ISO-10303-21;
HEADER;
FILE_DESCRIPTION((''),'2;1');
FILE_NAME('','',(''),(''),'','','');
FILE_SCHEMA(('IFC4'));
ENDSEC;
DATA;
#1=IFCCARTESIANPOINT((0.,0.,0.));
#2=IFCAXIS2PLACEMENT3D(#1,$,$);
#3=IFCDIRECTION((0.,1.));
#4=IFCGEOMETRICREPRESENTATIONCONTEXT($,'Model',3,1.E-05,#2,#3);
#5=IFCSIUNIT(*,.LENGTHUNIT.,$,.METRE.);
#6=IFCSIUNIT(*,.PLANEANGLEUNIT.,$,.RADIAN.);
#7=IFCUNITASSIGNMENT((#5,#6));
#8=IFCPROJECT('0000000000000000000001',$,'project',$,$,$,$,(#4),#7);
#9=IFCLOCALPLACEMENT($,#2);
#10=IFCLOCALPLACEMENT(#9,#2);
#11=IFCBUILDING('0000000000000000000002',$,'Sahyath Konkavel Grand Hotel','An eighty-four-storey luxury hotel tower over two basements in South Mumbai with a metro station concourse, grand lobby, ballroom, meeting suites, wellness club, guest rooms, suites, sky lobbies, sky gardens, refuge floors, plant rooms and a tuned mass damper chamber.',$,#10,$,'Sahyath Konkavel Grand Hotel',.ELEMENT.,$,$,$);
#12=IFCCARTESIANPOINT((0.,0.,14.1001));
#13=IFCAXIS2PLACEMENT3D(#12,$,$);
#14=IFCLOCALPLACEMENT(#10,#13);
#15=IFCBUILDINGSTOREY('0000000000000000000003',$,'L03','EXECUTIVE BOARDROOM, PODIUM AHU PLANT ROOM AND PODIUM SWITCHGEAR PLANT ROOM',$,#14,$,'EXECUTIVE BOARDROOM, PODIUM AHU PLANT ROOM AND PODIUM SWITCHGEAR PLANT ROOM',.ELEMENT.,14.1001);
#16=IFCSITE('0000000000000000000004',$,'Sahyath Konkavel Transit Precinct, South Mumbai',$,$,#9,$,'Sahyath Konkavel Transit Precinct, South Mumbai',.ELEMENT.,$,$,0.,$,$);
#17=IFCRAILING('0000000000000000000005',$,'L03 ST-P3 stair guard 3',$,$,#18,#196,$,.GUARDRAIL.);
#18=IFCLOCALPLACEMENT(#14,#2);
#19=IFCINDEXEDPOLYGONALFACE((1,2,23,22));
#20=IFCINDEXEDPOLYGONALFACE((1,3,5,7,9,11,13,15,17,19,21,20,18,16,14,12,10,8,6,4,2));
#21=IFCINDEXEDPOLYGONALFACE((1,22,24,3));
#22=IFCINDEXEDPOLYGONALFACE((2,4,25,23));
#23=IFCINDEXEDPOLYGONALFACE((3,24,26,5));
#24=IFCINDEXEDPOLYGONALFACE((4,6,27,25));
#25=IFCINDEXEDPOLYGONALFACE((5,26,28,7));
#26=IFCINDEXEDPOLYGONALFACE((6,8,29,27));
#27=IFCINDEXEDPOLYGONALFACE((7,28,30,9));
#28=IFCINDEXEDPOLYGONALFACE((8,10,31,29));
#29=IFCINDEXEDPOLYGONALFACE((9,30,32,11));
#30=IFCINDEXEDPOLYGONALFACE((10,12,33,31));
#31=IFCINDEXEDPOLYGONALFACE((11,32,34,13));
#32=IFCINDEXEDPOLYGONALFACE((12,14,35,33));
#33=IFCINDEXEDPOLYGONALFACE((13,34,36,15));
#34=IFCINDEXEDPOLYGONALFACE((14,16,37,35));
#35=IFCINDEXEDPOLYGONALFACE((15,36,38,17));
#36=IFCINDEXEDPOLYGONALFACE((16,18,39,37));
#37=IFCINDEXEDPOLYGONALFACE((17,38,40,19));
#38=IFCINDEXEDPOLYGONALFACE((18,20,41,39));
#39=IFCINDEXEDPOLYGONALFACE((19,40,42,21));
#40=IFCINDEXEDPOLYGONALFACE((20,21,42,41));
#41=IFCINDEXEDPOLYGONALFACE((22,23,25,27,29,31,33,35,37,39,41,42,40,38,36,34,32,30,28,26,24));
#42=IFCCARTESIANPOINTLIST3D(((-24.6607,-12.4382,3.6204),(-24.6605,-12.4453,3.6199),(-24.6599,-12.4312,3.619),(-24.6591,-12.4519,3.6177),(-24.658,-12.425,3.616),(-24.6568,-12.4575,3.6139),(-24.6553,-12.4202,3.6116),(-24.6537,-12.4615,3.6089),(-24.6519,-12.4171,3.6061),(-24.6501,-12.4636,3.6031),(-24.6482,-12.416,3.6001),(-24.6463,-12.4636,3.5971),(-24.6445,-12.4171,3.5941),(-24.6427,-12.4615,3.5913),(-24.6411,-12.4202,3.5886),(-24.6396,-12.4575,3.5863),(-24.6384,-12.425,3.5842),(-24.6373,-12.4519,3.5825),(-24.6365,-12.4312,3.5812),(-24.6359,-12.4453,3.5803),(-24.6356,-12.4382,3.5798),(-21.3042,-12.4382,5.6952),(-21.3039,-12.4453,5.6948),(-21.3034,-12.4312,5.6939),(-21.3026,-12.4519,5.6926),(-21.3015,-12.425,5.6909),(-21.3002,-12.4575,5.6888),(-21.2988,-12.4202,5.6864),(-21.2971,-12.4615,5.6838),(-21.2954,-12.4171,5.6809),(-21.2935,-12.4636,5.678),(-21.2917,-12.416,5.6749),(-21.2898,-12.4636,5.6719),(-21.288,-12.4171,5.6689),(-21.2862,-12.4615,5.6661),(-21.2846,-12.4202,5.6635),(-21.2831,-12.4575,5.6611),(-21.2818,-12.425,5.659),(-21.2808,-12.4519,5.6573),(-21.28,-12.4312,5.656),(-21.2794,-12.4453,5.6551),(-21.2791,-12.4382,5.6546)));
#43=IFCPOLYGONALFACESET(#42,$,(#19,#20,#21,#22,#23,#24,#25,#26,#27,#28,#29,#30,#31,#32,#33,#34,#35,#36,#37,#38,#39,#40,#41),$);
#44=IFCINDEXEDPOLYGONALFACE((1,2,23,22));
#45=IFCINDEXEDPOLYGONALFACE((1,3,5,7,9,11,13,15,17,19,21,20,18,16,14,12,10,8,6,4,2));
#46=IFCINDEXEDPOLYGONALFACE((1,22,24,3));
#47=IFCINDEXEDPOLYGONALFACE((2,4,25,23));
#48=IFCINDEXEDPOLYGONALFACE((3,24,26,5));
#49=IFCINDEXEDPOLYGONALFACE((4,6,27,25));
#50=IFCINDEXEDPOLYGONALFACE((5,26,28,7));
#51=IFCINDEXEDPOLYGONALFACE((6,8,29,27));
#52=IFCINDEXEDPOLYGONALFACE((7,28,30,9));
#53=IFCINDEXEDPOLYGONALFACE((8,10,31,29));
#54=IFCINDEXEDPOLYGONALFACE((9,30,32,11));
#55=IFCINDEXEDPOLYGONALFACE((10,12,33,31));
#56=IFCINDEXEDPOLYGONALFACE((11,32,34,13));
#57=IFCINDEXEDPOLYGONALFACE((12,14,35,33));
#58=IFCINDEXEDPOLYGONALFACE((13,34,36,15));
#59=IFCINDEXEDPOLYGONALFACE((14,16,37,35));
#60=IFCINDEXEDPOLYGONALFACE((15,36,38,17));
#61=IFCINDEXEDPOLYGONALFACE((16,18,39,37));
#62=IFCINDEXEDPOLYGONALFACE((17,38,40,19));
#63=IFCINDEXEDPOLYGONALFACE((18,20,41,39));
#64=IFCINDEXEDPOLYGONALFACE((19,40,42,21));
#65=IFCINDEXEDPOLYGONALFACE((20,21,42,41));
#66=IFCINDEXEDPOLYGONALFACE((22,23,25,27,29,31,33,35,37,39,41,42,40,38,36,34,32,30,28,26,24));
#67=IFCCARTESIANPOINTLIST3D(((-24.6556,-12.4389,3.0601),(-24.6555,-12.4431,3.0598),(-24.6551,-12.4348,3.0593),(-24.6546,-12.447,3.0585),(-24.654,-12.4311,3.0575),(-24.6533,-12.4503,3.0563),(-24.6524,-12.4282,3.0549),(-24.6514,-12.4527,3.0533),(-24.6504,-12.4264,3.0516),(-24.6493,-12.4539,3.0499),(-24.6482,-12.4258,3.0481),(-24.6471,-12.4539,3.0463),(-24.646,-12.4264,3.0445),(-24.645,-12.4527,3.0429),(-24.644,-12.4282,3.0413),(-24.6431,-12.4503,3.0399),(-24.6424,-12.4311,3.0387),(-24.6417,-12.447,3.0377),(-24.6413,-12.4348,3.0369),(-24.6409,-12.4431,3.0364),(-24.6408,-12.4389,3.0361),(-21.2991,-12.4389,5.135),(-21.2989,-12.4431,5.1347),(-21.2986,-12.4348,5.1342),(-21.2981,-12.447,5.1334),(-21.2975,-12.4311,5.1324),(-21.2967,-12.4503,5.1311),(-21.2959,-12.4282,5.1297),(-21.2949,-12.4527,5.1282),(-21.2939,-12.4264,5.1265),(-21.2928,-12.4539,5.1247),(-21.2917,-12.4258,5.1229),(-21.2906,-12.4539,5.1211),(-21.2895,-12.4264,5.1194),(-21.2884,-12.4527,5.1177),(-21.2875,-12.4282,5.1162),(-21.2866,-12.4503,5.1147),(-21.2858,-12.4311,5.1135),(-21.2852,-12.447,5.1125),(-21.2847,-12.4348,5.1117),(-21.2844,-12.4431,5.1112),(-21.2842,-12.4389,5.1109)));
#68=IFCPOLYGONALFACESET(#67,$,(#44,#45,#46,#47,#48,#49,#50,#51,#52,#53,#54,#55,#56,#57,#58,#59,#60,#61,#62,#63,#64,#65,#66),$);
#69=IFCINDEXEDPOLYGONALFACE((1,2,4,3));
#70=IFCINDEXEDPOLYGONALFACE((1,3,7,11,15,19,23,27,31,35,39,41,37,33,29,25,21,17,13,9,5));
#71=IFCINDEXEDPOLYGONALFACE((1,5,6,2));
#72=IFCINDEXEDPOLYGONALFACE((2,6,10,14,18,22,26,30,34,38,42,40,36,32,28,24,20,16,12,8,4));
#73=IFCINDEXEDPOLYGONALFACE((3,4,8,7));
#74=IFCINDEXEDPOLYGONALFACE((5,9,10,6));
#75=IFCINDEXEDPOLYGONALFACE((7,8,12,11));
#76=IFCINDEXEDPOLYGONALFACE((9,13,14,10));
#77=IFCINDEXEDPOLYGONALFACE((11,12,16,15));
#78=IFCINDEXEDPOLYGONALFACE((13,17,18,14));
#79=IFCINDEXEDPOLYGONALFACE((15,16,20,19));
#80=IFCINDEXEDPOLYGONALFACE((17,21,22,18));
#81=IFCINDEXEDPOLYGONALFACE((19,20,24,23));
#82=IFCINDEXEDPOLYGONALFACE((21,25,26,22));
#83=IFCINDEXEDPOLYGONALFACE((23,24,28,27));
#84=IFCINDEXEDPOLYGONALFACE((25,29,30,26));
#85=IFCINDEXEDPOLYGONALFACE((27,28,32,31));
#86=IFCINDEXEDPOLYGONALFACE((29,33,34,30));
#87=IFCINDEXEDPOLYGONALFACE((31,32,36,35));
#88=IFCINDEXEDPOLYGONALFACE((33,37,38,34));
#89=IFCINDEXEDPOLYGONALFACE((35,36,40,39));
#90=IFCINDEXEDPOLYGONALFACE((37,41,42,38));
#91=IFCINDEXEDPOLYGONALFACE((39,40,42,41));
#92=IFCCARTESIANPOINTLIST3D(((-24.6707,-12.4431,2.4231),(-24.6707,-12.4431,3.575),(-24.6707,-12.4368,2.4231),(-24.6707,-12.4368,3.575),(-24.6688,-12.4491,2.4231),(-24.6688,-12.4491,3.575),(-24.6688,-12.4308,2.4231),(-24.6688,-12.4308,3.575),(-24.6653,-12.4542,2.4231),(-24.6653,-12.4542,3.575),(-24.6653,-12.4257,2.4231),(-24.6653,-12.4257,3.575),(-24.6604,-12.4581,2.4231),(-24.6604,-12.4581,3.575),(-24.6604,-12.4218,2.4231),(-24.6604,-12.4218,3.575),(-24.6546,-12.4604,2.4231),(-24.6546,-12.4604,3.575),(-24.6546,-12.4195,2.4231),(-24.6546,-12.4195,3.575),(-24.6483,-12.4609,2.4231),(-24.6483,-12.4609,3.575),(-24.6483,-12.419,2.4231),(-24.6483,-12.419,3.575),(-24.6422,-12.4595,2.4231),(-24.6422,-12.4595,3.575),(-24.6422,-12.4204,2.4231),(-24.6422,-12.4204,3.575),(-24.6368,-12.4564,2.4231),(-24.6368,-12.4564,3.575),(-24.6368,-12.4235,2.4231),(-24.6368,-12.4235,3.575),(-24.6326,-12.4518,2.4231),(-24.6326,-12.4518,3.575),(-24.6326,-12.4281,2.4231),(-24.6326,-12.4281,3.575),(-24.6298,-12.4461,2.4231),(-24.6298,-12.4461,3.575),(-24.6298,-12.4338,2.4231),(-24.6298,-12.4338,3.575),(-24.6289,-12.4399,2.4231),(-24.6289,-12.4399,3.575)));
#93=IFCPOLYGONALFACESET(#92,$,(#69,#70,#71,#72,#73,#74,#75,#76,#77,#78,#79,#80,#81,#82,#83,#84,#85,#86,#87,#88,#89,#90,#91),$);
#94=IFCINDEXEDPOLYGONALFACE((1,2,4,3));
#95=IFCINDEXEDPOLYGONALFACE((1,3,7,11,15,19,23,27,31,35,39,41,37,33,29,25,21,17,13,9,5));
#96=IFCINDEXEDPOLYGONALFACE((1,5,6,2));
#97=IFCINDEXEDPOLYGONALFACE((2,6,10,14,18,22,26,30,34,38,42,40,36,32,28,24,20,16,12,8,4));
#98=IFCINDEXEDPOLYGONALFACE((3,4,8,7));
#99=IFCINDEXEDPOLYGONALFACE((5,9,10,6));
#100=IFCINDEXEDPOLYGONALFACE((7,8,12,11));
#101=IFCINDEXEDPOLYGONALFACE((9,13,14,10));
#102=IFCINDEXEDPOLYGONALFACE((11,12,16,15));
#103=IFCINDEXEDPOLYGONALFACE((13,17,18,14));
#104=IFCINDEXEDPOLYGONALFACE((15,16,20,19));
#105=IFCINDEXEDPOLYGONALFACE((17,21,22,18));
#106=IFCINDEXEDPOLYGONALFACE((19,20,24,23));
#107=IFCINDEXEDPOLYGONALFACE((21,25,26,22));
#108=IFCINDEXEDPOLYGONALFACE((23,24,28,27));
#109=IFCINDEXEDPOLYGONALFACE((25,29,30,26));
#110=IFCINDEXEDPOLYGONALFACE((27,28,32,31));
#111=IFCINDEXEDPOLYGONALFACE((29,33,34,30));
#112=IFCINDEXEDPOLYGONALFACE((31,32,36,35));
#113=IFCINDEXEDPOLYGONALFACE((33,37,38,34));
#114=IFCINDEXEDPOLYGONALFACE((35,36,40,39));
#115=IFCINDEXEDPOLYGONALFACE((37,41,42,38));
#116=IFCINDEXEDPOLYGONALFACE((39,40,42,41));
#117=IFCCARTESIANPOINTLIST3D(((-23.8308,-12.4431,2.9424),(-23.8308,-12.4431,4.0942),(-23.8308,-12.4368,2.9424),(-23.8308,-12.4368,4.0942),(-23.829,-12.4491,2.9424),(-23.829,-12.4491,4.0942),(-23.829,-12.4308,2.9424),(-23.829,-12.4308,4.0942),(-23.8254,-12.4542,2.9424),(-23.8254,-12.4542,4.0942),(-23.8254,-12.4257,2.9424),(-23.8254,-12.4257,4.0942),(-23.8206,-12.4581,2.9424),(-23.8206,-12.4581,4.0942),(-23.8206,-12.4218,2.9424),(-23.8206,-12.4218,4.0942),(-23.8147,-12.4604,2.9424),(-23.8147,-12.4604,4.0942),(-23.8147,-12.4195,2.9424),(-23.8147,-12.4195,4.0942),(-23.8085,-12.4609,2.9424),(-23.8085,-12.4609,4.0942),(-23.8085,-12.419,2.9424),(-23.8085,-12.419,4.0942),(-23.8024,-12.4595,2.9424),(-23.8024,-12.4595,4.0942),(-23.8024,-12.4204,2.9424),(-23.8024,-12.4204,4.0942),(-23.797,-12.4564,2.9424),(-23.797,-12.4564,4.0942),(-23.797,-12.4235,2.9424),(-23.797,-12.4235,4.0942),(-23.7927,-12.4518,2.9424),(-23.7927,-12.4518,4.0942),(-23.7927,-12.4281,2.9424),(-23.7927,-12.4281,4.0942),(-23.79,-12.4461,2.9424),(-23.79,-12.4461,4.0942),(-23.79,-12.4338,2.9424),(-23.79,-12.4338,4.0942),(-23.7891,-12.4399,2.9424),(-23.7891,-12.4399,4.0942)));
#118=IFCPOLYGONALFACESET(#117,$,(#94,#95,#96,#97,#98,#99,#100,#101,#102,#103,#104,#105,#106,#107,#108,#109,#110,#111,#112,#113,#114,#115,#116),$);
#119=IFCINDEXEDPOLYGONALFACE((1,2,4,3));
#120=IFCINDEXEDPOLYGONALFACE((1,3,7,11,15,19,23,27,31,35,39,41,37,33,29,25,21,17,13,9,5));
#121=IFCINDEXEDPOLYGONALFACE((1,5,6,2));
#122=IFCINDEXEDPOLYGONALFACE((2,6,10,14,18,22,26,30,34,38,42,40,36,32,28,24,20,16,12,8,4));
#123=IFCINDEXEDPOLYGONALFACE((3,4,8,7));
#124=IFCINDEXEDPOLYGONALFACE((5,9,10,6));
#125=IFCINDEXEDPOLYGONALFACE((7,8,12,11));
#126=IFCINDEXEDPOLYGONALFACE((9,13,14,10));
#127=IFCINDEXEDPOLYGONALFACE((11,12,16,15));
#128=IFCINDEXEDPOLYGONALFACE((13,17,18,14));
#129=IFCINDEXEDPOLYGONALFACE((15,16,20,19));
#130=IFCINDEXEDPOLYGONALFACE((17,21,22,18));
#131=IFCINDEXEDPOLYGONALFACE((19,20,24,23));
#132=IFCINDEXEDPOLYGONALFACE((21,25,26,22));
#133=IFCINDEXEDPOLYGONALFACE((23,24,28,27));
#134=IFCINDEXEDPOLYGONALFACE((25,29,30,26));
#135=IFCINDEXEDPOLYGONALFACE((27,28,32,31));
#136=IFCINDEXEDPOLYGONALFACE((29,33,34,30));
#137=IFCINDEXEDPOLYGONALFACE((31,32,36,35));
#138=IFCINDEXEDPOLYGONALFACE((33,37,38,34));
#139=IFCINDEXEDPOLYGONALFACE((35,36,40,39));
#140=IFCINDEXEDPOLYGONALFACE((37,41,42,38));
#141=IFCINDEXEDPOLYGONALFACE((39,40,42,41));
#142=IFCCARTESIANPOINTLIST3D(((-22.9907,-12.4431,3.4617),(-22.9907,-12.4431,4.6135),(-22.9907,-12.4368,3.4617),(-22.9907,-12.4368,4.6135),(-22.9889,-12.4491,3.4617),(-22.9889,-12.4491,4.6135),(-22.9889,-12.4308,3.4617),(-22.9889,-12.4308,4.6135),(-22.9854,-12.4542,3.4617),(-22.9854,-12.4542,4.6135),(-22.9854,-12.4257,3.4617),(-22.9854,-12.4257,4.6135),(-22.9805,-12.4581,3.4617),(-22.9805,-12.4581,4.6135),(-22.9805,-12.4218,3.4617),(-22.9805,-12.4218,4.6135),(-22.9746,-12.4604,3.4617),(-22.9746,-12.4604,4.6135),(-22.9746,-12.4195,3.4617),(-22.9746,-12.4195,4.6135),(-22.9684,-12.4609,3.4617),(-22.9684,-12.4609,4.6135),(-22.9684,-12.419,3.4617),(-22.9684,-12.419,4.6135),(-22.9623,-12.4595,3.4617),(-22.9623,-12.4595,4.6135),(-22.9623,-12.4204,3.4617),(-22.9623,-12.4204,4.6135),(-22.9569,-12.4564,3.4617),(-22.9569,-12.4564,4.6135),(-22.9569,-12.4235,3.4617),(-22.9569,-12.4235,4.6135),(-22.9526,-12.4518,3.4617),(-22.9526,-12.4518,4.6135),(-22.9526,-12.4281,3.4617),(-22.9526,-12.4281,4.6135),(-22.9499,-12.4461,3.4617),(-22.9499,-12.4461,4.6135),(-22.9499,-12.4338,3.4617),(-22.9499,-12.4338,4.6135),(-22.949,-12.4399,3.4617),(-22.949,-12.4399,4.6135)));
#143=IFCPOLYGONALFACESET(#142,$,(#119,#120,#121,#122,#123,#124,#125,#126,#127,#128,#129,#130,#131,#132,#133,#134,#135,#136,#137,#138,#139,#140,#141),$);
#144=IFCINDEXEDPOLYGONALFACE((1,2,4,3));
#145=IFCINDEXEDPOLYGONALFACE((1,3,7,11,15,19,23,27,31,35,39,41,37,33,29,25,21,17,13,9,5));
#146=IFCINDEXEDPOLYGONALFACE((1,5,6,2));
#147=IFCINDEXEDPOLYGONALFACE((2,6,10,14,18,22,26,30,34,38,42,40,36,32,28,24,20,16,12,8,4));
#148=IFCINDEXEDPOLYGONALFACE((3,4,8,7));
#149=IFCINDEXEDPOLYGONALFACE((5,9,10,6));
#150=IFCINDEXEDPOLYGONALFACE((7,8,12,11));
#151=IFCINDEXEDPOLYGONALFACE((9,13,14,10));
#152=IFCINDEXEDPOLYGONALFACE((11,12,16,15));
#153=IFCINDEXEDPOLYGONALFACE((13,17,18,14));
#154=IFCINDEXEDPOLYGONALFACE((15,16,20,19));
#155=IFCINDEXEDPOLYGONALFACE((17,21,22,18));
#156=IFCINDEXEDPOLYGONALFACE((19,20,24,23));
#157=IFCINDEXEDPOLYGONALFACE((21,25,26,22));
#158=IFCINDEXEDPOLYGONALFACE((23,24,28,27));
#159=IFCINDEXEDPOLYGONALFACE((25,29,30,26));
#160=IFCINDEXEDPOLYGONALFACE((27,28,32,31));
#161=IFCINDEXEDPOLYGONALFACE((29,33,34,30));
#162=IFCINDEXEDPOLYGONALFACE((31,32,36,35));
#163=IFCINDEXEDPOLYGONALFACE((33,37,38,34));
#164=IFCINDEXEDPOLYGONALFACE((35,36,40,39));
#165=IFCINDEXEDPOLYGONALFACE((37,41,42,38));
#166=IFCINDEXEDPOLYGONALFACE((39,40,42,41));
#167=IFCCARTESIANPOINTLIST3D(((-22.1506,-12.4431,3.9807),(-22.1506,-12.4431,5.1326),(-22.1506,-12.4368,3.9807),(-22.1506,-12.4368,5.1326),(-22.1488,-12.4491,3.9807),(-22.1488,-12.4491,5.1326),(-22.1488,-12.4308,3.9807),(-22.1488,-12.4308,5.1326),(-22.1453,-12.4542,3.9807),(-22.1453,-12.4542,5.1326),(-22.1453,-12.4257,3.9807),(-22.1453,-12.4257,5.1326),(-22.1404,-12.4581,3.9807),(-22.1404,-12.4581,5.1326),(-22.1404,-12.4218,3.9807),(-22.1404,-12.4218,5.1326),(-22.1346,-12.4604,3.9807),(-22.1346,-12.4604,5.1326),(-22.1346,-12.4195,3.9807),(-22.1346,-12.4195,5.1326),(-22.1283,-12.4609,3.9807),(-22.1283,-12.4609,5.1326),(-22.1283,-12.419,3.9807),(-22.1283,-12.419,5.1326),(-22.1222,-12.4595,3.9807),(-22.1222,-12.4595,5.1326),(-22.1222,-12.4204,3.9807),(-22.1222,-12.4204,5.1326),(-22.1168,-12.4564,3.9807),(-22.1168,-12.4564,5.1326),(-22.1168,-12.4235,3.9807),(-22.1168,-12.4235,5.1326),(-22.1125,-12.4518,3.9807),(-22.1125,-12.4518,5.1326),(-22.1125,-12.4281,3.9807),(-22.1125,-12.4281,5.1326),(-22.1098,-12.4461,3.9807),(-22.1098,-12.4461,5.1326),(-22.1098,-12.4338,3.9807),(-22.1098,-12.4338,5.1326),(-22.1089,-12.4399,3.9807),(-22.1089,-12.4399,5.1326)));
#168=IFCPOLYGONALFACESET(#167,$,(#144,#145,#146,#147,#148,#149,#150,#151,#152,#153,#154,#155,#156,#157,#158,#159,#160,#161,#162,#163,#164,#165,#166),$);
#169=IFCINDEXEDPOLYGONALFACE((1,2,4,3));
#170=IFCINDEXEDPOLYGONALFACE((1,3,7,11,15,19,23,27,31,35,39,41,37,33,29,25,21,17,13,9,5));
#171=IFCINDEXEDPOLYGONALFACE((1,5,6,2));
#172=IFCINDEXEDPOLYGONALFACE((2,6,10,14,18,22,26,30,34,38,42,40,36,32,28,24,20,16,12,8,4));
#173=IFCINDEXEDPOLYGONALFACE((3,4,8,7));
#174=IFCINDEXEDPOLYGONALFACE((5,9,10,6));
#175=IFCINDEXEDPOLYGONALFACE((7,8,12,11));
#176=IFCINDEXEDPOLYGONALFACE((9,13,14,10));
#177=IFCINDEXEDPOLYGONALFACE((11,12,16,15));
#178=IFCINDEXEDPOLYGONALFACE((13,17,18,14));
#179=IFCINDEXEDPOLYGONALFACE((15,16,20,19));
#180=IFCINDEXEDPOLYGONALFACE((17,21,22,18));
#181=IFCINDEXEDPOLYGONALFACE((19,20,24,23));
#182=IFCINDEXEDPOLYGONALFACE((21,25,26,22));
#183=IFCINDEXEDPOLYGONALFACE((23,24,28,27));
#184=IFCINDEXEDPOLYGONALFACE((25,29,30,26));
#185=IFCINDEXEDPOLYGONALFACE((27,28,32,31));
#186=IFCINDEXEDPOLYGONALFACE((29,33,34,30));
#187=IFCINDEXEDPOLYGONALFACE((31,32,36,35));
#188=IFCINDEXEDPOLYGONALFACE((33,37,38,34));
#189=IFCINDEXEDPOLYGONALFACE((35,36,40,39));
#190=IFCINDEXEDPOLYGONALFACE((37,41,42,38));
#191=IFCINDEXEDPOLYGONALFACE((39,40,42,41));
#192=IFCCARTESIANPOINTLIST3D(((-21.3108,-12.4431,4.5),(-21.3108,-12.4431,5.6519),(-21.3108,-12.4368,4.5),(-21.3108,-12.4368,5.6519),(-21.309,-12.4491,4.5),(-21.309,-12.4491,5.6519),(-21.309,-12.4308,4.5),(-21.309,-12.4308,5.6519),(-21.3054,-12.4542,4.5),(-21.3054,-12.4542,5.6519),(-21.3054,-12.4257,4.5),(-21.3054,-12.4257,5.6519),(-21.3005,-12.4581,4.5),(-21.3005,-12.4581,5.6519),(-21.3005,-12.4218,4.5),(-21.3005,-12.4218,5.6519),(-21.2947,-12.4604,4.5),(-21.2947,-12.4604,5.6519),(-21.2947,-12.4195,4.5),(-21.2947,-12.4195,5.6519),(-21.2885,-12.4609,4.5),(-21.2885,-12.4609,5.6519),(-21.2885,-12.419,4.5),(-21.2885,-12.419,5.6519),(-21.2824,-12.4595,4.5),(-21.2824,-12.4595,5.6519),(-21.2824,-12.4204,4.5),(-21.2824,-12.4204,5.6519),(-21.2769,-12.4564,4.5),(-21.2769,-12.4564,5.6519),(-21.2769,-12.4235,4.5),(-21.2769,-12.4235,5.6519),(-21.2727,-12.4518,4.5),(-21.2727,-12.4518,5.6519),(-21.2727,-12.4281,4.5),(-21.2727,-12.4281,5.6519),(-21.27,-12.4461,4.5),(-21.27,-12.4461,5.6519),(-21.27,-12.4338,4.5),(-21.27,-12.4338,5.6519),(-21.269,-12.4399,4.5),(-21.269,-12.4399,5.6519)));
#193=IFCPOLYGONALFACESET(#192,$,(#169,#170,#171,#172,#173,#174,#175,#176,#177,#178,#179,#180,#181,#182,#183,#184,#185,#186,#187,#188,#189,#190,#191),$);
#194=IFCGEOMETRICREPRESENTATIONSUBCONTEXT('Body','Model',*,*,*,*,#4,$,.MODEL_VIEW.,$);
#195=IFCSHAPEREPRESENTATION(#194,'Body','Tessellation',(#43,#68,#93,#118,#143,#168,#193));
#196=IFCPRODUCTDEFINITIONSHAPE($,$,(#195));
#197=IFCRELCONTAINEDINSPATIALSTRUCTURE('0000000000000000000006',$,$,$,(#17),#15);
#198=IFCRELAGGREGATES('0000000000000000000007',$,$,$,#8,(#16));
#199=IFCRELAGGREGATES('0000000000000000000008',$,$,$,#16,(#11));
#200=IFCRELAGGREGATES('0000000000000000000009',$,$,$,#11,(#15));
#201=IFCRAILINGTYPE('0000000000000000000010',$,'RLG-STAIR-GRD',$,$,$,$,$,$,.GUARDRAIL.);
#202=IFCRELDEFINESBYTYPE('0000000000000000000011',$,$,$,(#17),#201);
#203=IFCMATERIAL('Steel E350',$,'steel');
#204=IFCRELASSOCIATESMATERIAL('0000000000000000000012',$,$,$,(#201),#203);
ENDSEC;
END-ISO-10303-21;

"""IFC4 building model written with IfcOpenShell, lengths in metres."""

from ifc_helpers import new_model, si_unit, direction, frame, origin, origin_2d, place, context, subcontext, project, spatial, circle, extrude, material, type_object, element, save


model = new_model("IFC4")

# Units and contexts
model_context = context("Model", 3, precision=1e-05, world=origin(), true_north=direction((0.0, 1.0)))
body_context = subcontext(model_context, "Body", "Model", "MODEL_VIEW")
ifc_project = project(units=[si_unit("LENGTHUNIT", "METRE"), si_unit("PLANEANGLEUNIT", "RADIAN")], contexts=[model_context])

# Site, building, storey
site_placement = place(None, origin())
site = spatial("IfcSite", under=ifc_project, at=site_placement, Name="Sahyath Konkavel Transit Precinct, South Mumbai", LongName="Sahyath Konkavel Transit Precinct, South Mumbai", CompositionType="ELEMENT", RefElevation=0.0)
building_placement = place(site_placement, origin())
building = spatial("IfcBuilding", under=site, at=building_placement, Name="Sahyath Konkavel Grand Hotel", Description="An eighty-four-storey luxury hotel tower over two basements in South Mumbai with a metro station concourse, grand lobby, ballroom, meeting suites, wellness club, guest rooms, suites, sky lobbies, sky gardens, refuge floors, plant rooms and a tuned mass damper chamber.", LongName="Sahyath Konkavel Grand Hotel", CompositionType="ELEMENT")
storey_placement = place(building_placement, frame((0.0, 0.0, 14.1001)))
storey = spatial("IfcBuildingStorey", under=building, at=storey_placement, Name="L03", Description="EXECUTIVE BOARDROOM, PODIUM AHU PLANT ROOM AND PODIUM SWITCHGEAR PLANT ROOM", LongName="EXECUTIVE BOARDROOM, PODIUM AHU PLANT ROOM AND PODIUM SWITCHGEAR PLANT ROOM", CompositionType="ELEMENT", Elevation=14.1001)

# Shared definitions
ifc_material_1 = material(Name="Steel E350", Category="steel")

# Railing
railing_type_1 = type_object("IfcRailingType", Name="RLG-STAIR-GRD", PredefinedType="GUARDRAIL", material=ifc_material_1)
railing_1_placement = place(storey_placement, frame((-24.6499, -12.4399, 2.4231)))
element("IfcRailing", 1, at=railing_1_placement, inside=storey, type_object=railing_type_1, Name="L03 ST-P3 stair guard 3", PredefinedType="GUARDRAIL", context=body_context, shape_type="SweptSolid", body=[
    extrude(circle(Radius=0.0239, at=origin_2d()), frame((0.0017, 0.0, 1.177), z_axis=(0.850606, 0.0, 0.525803), x_axis=(0.0, 1.0, 0.0)), (0.0, 0.0, 1.0), 3.946),
    extrude(circle(Radius=0.0142, at=origin_2d()), frame((0.0017, 0.0, 0.625), z_axis=(0.850606, 0.0, 0.525803), x_axis=(0.0, 1.0, 0.0)), (0.0, 0.0, 1.0), 3.946),
    extrude(circle(Radius=0.021, at=origin_2d()), origin(), (0.0, 0.0, 1.0), 1.1519),
    extrude(circle(Radius=0.021, at=origin_2d()), frame((0.8398, 0.0, 0.5193)), (0.0, 0.0, 1.0), 1.1519),
    extrude(circle(Radius=0.021, at=origin_2d()), frame((1.6799, 0.0, 1.0386)), (0.0, 0.0, 1.0), 1.1519),
    extrude(circle(Radius=0.021, at=origin_2d()), frame((2.52, 0.0, 1.5576)), (0.0, 0.0, 1.0), 1.1519),
    extrude(circle(Radius=0.021, at=origin_2d()), frame((3.3599, 0.0, 2.0769)), (0.0, 0.0, 1.0), 1.1519),
])

save(model, "model.ifc")
